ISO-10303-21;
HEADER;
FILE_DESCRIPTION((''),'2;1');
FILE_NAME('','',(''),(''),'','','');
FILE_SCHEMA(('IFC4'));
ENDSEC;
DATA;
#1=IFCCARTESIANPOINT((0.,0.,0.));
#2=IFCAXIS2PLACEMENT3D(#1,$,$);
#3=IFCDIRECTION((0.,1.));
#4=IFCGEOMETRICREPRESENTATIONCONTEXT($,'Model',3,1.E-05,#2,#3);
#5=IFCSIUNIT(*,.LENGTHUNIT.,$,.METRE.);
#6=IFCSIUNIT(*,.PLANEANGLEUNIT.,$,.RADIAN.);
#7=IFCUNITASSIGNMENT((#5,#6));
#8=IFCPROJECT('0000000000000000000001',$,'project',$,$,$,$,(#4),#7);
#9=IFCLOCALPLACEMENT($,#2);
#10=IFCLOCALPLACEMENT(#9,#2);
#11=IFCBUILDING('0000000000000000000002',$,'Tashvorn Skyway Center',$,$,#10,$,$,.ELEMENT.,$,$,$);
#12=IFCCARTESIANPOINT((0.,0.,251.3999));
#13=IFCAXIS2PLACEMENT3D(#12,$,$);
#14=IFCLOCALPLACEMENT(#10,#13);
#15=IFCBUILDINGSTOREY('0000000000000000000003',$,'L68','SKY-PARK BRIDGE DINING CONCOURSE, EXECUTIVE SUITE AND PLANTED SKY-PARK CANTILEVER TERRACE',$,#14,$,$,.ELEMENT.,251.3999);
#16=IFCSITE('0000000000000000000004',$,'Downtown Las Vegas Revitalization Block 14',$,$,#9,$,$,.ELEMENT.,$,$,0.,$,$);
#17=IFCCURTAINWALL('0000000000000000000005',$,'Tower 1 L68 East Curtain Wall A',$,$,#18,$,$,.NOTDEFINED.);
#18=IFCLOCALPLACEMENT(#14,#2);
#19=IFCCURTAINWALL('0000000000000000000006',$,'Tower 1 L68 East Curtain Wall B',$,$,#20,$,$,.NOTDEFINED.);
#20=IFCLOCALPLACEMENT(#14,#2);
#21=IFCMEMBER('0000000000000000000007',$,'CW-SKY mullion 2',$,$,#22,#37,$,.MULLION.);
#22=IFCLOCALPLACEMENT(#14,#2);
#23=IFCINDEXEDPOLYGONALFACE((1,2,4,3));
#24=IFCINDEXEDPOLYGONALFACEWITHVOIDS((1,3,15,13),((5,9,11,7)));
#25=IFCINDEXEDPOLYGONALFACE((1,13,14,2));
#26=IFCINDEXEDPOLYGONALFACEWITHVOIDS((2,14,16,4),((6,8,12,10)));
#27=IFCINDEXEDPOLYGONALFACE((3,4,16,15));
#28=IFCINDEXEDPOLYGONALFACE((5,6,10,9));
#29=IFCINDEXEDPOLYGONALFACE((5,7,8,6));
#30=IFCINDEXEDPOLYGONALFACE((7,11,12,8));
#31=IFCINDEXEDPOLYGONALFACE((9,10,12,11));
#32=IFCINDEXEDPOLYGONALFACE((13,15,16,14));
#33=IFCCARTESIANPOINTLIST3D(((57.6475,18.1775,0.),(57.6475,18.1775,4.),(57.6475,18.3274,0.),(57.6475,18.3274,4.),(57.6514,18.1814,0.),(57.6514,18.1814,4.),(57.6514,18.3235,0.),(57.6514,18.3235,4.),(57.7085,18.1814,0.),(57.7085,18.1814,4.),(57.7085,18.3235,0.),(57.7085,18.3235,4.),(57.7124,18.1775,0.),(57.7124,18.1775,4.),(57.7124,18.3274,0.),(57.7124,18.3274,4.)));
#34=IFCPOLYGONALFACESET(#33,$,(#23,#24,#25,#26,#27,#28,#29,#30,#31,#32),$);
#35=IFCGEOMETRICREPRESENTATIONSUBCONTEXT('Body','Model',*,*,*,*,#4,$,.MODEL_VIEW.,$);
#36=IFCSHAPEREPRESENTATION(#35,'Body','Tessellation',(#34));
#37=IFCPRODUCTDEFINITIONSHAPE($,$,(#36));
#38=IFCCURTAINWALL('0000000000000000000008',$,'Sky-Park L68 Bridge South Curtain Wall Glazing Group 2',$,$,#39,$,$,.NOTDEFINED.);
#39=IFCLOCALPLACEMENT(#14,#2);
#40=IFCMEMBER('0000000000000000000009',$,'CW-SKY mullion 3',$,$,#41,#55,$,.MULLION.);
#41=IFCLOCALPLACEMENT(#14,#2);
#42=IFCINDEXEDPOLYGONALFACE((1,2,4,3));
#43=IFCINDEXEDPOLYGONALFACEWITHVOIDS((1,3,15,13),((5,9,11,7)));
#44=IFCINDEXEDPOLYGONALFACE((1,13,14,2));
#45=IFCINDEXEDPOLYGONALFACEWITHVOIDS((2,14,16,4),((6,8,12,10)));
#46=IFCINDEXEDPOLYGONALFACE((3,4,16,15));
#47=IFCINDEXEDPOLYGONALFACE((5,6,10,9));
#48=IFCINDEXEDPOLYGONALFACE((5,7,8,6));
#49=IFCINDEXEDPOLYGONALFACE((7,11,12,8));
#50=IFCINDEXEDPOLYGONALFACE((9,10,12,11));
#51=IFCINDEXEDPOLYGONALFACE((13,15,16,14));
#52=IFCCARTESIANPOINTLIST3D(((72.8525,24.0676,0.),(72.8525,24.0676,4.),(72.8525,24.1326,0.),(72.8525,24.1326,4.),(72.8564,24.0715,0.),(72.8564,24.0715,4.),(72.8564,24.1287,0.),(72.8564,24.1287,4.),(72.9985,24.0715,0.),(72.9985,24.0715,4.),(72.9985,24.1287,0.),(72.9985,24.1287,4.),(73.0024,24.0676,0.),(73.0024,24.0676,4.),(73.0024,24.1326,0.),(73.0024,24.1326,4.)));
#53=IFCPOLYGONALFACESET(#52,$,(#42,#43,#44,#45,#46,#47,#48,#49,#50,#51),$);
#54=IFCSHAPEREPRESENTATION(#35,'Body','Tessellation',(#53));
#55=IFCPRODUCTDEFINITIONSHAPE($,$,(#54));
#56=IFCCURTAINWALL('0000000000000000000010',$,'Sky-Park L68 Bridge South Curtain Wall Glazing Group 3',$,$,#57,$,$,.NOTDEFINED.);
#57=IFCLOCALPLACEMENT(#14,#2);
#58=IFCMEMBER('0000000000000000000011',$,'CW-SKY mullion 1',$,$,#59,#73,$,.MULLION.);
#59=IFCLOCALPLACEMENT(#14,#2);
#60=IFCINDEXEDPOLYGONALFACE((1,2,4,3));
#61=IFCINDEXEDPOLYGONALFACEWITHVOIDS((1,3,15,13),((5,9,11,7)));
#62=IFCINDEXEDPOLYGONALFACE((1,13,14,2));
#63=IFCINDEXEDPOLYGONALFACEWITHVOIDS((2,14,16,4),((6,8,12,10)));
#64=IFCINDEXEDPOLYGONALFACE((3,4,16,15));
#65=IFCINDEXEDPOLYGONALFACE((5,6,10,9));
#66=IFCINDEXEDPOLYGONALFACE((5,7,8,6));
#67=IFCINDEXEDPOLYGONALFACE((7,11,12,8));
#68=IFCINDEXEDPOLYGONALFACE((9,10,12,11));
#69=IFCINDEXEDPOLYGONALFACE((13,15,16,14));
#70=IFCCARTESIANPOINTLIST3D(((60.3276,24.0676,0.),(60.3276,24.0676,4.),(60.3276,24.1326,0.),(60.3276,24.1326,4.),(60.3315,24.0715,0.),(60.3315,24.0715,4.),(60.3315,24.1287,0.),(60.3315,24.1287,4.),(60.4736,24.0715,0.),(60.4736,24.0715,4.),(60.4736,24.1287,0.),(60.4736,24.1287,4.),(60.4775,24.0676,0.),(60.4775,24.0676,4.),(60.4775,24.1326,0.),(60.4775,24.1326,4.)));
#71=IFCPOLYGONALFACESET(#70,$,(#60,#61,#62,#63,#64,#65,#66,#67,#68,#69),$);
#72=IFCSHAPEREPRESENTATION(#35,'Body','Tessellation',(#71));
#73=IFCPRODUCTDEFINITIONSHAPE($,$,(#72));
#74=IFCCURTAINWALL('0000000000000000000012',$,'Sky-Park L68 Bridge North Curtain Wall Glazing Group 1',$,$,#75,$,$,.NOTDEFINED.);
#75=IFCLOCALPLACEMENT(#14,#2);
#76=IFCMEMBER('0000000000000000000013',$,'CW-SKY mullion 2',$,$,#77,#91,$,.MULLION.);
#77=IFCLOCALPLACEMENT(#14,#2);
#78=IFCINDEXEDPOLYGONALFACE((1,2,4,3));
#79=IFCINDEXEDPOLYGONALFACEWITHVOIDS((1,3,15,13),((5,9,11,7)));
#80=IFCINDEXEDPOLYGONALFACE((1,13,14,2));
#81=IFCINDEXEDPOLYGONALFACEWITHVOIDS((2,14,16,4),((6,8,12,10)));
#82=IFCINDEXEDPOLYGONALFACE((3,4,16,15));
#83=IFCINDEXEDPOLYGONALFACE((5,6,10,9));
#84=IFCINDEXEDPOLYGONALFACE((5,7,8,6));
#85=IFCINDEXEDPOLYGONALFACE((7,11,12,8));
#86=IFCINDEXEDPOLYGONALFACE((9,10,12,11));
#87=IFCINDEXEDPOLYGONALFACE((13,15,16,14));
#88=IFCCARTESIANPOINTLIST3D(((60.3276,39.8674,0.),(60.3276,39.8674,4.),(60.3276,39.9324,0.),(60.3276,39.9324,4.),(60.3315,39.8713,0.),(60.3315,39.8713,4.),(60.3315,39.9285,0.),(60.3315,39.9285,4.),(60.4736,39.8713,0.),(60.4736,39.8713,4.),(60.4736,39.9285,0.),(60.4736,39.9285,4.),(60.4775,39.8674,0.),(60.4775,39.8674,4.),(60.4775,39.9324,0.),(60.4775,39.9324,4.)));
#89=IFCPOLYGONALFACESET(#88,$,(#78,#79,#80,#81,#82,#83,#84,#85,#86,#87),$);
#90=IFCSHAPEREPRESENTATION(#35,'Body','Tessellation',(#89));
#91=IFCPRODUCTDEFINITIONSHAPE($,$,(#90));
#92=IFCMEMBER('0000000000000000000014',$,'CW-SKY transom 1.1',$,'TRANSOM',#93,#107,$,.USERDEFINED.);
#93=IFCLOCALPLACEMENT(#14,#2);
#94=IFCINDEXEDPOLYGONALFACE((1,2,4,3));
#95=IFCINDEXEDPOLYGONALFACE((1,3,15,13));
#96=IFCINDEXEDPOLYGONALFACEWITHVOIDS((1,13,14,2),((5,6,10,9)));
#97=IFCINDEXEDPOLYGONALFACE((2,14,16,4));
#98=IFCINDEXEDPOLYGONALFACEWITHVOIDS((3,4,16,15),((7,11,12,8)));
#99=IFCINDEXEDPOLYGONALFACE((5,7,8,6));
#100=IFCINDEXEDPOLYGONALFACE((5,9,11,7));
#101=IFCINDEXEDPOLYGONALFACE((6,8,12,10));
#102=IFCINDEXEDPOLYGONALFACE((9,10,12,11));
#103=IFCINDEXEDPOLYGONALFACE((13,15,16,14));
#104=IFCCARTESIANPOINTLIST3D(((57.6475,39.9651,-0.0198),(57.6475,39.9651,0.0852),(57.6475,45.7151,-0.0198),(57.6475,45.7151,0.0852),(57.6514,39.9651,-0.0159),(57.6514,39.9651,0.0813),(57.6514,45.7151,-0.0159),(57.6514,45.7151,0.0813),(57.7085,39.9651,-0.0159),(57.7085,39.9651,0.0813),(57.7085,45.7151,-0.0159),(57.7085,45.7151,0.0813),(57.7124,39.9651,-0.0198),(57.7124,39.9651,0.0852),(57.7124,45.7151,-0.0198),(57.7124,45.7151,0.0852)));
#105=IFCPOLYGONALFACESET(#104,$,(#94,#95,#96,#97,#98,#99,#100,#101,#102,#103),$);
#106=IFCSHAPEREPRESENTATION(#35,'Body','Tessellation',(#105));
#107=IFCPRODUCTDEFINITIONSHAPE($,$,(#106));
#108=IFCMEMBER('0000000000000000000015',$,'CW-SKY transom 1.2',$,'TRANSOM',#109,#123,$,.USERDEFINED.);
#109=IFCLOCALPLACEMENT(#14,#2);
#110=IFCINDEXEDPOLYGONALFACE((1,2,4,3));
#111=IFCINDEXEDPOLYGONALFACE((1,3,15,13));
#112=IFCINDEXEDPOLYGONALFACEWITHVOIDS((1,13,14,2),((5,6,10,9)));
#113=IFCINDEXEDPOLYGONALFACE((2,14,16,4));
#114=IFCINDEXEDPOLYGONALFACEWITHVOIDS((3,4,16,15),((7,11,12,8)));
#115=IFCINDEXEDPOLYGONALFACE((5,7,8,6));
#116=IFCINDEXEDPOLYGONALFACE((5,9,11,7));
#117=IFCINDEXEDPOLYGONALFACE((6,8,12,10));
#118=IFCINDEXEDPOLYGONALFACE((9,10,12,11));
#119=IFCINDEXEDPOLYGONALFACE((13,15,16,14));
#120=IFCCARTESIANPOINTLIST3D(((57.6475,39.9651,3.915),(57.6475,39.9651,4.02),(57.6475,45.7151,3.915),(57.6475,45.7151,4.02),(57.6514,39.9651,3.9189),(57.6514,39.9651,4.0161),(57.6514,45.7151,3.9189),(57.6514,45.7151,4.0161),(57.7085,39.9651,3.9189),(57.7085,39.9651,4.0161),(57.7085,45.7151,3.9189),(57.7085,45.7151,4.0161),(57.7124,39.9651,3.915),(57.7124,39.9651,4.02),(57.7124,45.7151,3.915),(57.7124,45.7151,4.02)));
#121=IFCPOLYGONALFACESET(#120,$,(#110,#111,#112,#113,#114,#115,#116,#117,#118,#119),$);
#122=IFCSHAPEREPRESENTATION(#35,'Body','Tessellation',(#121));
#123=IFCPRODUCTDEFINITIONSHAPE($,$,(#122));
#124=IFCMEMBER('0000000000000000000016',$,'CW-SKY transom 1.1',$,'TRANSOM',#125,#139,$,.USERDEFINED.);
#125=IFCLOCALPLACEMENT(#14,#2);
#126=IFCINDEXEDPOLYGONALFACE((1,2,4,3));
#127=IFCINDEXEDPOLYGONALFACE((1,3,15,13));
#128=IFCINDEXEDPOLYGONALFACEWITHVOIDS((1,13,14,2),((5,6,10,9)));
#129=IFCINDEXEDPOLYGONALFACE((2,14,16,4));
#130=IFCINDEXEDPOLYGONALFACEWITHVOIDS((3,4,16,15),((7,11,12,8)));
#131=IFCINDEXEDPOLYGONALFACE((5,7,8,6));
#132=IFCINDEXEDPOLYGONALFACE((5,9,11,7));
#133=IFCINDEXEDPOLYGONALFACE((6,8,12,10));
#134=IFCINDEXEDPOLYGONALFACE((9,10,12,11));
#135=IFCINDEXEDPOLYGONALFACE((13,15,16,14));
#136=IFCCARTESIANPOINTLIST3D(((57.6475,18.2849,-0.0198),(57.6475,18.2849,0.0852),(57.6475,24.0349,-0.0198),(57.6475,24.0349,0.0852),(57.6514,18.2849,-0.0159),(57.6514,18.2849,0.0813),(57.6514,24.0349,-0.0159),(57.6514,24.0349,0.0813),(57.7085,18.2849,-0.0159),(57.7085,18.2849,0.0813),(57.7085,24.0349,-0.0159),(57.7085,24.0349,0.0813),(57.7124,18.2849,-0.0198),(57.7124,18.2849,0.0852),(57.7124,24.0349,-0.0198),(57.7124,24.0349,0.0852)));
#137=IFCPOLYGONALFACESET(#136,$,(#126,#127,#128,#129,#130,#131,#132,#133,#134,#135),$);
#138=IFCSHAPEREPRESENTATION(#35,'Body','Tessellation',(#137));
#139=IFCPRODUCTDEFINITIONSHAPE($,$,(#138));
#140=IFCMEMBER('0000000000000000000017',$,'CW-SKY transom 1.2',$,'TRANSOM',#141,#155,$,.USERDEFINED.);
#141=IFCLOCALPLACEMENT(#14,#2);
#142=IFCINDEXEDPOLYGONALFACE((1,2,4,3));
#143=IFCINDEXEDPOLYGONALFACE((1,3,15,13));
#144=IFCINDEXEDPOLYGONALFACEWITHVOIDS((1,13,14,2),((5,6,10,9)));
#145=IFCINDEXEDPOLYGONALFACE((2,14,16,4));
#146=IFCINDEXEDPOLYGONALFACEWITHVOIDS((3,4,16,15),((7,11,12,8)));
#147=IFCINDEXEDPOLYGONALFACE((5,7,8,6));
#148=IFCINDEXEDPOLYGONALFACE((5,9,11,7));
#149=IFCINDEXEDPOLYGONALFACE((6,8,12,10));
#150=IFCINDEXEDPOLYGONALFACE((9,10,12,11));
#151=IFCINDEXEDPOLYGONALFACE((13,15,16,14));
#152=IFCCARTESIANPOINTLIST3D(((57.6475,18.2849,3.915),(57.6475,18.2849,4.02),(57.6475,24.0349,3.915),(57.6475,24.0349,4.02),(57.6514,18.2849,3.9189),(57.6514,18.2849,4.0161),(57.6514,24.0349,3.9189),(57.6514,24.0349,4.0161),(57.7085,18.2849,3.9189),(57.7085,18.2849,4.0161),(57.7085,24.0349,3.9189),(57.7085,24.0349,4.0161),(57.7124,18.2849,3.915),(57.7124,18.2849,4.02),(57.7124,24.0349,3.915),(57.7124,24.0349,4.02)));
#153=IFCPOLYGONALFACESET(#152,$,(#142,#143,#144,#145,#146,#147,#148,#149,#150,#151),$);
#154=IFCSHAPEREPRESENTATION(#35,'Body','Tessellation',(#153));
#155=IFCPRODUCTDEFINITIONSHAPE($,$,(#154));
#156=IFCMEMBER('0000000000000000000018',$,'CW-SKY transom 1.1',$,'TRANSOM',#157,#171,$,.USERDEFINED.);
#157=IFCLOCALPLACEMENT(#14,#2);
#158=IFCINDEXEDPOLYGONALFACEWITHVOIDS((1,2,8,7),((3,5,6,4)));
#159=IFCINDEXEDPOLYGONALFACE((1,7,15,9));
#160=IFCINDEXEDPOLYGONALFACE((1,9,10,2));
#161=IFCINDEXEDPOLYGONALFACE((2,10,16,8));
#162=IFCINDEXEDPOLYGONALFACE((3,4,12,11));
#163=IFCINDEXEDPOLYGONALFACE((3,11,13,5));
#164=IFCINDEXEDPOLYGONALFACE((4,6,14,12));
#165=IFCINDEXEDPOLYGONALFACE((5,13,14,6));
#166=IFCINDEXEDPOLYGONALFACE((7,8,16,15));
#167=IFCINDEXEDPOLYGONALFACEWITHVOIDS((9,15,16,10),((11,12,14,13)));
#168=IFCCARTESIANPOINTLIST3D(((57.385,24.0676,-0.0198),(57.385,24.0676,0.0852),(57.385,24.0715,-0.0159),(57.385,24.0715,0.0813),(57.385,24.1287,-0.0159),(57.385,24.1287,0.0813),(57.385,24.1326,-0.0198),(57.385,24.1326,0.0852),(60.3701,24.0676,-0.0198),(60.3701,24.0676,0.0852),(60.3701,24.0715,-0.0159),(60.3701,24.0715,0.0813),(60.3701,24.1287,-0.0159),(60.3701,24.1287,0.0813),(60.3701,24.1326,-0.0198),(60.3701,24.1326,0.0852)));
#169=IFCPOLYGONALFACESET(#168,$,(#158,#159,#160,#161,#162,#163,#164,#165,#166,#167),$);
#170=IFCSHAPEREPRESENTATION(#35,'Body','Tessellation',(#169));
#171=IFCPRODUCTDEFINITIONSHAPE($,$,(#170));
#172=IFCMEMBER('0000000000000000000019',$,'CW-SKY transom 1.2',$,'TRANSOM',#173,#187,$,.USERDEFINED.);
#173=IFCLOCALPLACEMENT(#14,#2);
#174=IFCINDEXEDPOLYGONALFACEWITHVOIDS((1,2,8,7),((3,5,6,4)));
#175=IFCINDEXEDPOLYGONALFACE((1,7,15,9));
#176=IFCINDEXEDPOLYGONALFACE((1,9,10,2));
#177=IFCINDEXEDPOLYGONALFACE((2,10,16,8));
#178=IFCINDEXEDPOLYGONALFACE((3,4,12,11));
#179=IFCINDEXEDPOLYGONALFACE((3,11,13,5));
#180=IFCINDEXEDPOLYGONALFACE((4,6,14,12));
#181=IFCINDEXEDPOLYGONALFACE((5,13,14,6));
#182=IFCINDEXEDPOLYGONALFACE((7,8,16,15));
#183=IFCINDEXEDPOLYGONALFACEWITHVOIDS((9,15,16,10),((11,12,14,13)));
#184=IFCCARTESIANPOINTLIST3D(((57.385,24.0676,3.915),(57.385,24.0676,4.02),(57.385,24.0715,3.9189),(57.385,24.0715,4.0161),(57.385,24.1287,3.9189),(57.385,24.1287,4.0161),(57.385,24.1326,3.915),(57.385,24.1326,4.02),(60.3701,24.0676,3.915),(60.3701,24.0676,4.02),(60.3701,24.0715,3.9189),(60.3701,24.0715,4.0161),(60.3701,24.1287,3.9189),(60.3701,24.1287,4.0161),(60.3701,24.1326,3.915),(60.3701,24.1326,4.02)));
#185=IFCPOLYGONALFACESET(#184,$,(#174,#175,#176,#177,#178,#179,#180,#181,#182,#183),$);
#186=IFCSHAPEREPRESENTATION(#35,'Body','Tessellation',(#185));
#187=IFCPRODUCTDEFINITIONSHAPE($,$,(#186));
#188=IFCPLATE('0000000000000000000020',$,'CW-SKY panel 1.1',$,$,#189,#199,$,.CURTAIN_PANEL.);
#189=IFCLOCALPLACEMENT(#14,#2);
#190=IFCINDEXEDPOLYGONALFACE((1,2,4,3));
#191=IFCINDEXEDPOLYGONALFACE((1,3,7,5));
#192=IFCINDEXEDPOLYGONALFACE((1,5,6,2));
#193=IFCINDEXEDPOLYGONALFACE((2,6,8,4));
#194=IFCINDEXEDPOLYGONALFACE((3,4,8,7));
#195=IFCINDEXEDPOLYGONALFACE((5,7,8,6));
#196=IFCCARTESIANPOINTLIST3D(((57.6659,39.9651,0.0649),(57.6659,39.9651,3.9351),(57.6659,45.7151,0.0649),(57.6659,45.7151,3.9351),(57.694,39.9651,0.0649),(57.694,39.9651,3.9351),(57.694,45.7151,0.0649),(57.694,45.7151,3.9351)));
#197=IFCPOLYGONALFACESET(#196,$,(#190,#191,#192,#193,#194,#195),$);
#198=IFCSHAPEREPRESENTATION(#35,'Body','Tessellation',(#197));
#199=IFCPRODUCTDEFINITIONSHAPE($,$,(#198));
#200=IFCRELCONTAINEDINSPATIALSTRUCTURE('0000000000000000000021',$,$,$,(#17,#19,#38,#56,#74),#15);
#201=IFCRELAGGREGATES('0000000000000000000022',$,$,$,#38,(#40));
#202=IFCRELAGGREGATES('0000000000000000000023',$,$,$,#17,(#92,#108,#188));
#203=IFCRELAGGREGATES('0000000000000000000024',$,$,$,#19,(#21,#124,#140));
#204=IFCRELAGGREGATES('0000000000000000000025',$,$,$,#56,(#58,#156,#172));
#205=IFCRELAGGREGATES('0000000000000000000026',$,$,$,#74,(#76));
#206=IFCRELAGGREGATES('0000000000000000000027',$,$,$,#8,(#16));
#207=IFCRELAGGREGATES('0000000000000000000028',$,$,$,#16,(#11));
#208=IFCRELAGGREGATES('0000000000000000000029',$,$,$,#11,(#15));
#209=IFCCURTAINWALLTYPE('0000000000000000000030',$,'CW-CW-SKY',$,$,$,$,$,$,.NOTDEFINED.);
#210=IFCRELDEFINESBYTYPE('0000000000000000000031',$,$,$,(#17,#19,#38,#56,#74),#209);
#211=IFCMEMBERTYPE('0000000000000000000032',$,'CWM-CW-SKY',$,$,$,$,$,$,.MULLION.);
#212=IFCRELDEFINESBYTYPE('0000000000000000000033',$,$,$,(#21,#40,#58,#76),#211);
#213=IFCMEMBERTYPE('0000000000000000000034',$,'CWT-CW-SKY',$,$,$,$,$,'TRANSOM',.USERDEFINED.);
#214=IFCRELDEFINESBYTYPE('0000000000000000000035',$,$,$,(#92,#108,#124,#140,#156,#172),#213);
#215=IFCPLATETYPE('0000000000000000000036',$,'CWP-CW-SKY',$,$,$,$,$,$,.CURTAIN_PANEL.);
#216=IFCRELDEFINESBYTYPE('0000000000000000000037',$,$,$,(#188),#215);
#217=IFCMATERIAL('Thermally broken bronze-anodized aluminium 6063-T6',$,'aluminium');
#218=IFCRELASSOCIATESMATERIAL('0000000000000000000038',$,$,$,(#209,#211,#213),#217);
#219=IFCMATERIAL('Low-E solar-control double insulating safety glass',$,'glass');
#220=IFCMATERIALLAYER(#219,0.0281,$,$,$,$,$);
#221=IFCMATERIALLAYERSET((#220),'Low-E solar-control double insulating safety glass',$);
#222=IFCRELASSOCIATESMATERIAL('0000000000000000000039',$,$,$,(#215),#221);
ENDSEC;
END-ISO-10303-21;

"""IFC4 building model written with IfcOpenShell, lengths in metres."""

from ifc_helpers import new_model, si_unit, direction, frame, origin, origin_2d, place, context, subcontext, project, spatial, rectangle, hollow_rectangle, extrude, material, layer, layer_set, material_profile, profile_set, type_object, element, aggregate, save


model = new_model("IFC4")

# Units and contexts
model_context = context("Model", 3, precision=1e-05, world=origin(), true_north=direction((0.0, 1.0)))
body_context = subcontext(model_context, "Body", "Model", "MODEL_VIEW")
ifc_project = project(units=[si_unit("LENGTHUNIT", "METRE"), si_unit("PLANEANGLEUNIT", "RADIAN")], contexts=[model_context])

# Site, building, storey
site_placement = place(None, origin())
site = spatial("IfcSite", under=ifc_project, at=site_placement, Name="Downtown Las Vegas Revitalization Block 14", CompositionType="ELEMENT", RefElevation=0.0)
building_placement = place(site_placement, origin())
building = spatial("IfcBuilding", under=site, at=building_placement, Name="Tashvorn Skyway Center", CompositionType="ELEMENT")
storey_placement = place(building_placement, frame((0.0, 0.0, 251.3999)))
storey = spatial("IfcBuildingStorey", under=building, at=storey_placement, Name="L68", Description="SKY-PARK BRIDGE DINING CONCOURSE, EXECUTIVE SUITE AND PLANTED SKY-PARK CANTILEVER TERRACE", CompositionType="ELEMENT", Elevation=251.3999)

# Curtain walls, member
ifc_material_1 = material(Name="Thermally broken bronze-anodized aluminium 6063-T6", Category="aluminium")
curtain_wall_type = type_object("IfcCurtainWallType", Name="CW-CW-SKY", PredefinedType="NOTDEFINED", material=ifc_material_1)
curtain_wall_1_placement = place(storey_placement, origin())
curtain_wall_1 = element("IfcCurtainWall", 1, at=curtain_wall_1_placement, inside=storey, type_object=curtain_wall_type, Name="Tower 1 L68 East Curtain Wall A", PredefinedType="NOTDEFINED")
ifc_material_profile_1 = material_profile(ifc_material_1, hollow_rectangle(XDim=0.0649, YDim=0.1499, WallThickness=0.0039, at=origin_2d()), Name="ALU-MULL-65x150")
ifc_profile_set_1 = profile_set([ifc_material_profile_1], Name="Thermally broken bronze-anodized aluminium 6063-T6")
member_type_1 = type_object("IfcMemberType", Name="CWM-CW-SKY", PredefinedType="MULLION", material=ifc_profile_set_1)
curtain_wall_2_placement = place(storey_placement, origin())
curtain_wall_2 = element("IfcCurtainWall", 2, at=curtain_wall_2_placement, inside=storey, type_object=curtain_wall_type, Name="Tower 1 L68 East Curtain Wall B", PredefinedType="NOTDEFINED")
member_1_placement = place(storey_placement, frame((57.6799, 18.2524, 0.0), z_axis=(0.0, 0.0, 1.0), x_axis=(1.0, 0.0, 0.0)))
member_1 = element("IfcMember", 3, at=member_1_placement, type_object=member_type_1, Name="CW-SKY mullion 2", PredefinedType="MULLION", context=body_context, shape_type="SweptSolid", body=[
    extrude(hollow_rectangle(XDim=0.0649, YDim=0.1499, WallThickness=0.0039, at=origin_2d()), origin(), (0.0, 0.0, 1.0), 4.0),
])

# Curtain walls, members
curtain_wall_3_placement = place(storey_placement, origin())
curtain_wall_3 = element("IfcCurtainWall", 4, at=curtain_wall_3_placement, inside=storey, type_object=curtain_wall_type, Name="Sky-Park L68 Bridge South Curtain Wall Glazing Group 2", PredefinedType="NOTDEFINED")
member_2_placement = place(storey_placement, frame((72.9275, 24.1001, 0.0), z_axis=(0.0, 0.0, 1.0), x_axis=(0.0, -1.0, 0.0)))
member_2 = element("IfcMember", 5, at=member_2_placement, type_object=member_type_1, Name="CW-SKY mullion 3", PredefinedType="MULLION", context=body_context, shape_type="SweptSolid", body=[
    extrude(hollow_rectangle(XDim=0.0649, YDim=0.1499, WallThickness=0.0039, at=origin_2d()), origin(), (0.0, 0.0, 1.0), 4.0),
])
aggregate(curtain_wall_3, [member_2])
curtain_wall_4_placement = place(storey_placement, origin())
curtain_wall_4 = element("IfcCurtainWall", 6, at=curtain_wall_4_placement, inside=storey, type_object=curtain_wall_type, Name="Sky-Park L68 Bridge South Curtain Wall Glazing Group 3", PredefinedType="NOTDEFINED")
member_3_placement = place(storey_placement, frame((60.4026, 24.1001, 0.0), z_axis=(0.0, 0.0, 1.0), x_axis=(0.0, -1.0, 0.0)))
member_3 = element("IfcMember", 7, at=member_3_placement, type_object=member_type_1, Name="CW-SKY mullion 1", PredefinedType="MULLION", context=body_context, shape_type="SweptSolid", body=[
    extrude(hollow_rectangle(XDim=0.0649, YDim=0.1499, WallThickness=0.0039, at=origin_2d()), origin(), (0.0, 0.0, 1.0), 4.0),
])
curtain_wall_5_placement = place(storey_placement, origin())
curtain_wall_5 = element("IfcCurtainWall", 8, at=curtain_wall_5_placement, inside=storey, type_object=curtain_wall_type, Name="Sky-Park L68 Bridge North Curtain Wall Glazing Group 1", PredefinedType="NOTDEFINED")
member_4_placement = place(storey_placement, frame((60.4026, 39.8999, 0.0), z_axis=(0.0, 0.0, 1.0), x_axis=(0.0, 1.0, 0.0)))
member_4 = element("IfcMember", 9, at=member_4_placement, type_object=member_type_1, Name="CW-SKY mullion 2", PredefinedType="MULLION", context=body_context, shape_type="SweptSolid", body=[
    extrude(hollow_rectangle(XDim=0.0649, YDim=0.1499, WallThickness=0.0039, at=origin_2d()), origin(), (0.0, 0.0, 1.0), 4.0),
])

# Members
ifc_material_profile_2 = material_profile(ifc_material_1, hollow_rectangle(XDim=0.0649, YDim=0.105, WallThickness=0.0039, at=origin_2d()), Name="ALU-TRAN-65x105")
ifc_profile_set_2 = profile_set([ifc_material_profile_2], Name="Thermally broken bronze-anodized aluminium 6063-T6")
member_type_2 = type_object("IfcMemberType", Name="CWT-CW-SKY", ElementType="TRANSOM", PredefinedType="USERDEFINED", material=ifc_profile_set_2)
member_5_placement = place(storey_placement, frame((57.6799, 45.7151, 0.0327), z_axis=(0.0, -1.0, 0.0), x_axis=(1.0, 0.0, 0.0)))
member_5 = element("IfcMember", 10, at=member_5_placement, type_object=member_type_2, Name="CW-SKY transom 1.1", ObjectType="TRANSOM", PredefinedType="USERDEFINED", context=body_context, shape_type="SweptSolid", body=[
    extrude(hollow_rectangle(XDim=0.0649, YDim=0.105, WallThickness=0.0039, at=origin_2d()), origin(), (0.0, 0.0, 1.0), 5.75),
])
member_6_placement = place(storey_placement, frame((57.6799, 45.7151, 3.9675), z_axis=(0.0, -1.0, 0.0), x_axis=(1.0, 0.0, 0.0)))
member_6 = element("IfcMember", 11, at=member_6_placement, type_object=member_type_2, Name="CW-SKY transom 1.2", ObjectType="TRANSOM", PredefinedType="USERDEFINED", context=body_context, shape_type="SweptSolid", body=[
    extrude(hollow_rectangle(XDim=0.0649, YDim=0.105, WallThickness=0.0039, at=origin_2d()), origin(), (0.0, 0.0, 1.0), 5.75),
])
member_7_placement = place(storey_placement, frame((57.6799, 24.0349, 0.0327), z_axis=(0.0, -1.0, 0.0), x_axis=(1.0, 0.0, 0.0)))
member_7 = element("IfcMember", 12, at=member_7_placement, type_object=member_type_2, Name="CW-SKY transom 1.1", ObjectType="TRANSOM", PredefinedType="USERDEFINED", context=body_context, shape_type="SweptSolid", body=[
    extrude(hollow_rectangle(XDim=0.0649, YDim=0.105, WallThickness=0.0039, at=origin_2d()), origin(), (0.0, 0.0, 1.0), 5.75),
])
member_8_placement = place(storey_placement, frame((57.6799, 24.0349, 3.9675), z_axis=(0.0, -1.0, 0.0), x_axis=(1.0, 0.0, 0.0)))
member_8 = element("IfcMember", 13, at=member_8_placement, type_object=member_type_2, Name="CW-SKY transom 1.2", ObjectType="TRANSOM", PredefinedType="USERDEFINED", context=body_context, shape_type="SweptSolid", body=[
    extrude(hollow_rectangle(XDim=0.0649, YDim=0.105, WallThickness=0.0039, at=origin_2d()), origin(), (0.0, 0.0, 1.0), 5.75),
])
member_9_placement = place(storey_placement, frame((60.3701, 24.1001, 0.0327), z_axis=(-1.0, 0.0, 0.0), x_axis=(0.0, -1.0, 0.0)))
member_9 = element("IfcMember", 14, at=member_9_placement, type_object=member_type_2, Name="CW-SKY transom 1.1", ObjectType="TRANSOM", PredefinedType="USERDEFINED", context=body_context, shape_type="SweptSolid", body=[
    extrude(hollow_rectangle(XDim=0.0649, YDim=0.105, WallThickness=0.0039, at=origin_2d()), origin(), (0.0, 0.0, 1.0), 2.9851),
])
member_10_placement = place(storey_placement, frame((60.3701, 24.1001, 3.9675), z_axis=(-1.0, 0.0, 0.0), x_axis=(0.0, -1.0, 0.0)))
member_10 = element("IfcMember", 15, at=member_10_placement, type_object=member_type_2, Name="CW-SKY transom 1.2", ObjectType="TRANSOM", PredefinedType="USERDEFINED", context=body_context, shape_type="SweptSolid", body=[
    extrude(hollow_rectangle(XDim=0.0649, YDim=0.105, WallThickness=0.0039, at=origin_2d()), origin(), (0.0, 0.0, 1.0), 2.9851),
])

# Plate
ifc_material_2 = material(Name="Low-E solar-control double insulating safety glass", Category="glass")
ifc_layer_1 = layer(ifc_material_2, 0.0281)
ifc_layer_set_1 = layer_set([ifc_layer_1], Name="Low-E solar-control double insulating safety glass")
plate_type = type_object("IfcPlateType", Name="CWP-CW-SKY", PredefinedType="CURTAIN_PANEL", material=ifc_layer_set_1)
plate_1_placement = place(storey_placement, frame((57.6799, 42.8401, 0.0649), z_axis=(0.0, 0.0, 1.0), x_axis=(0.0, -1.0, 0.0)))
plate_1 = element("IfcPlate", 16, at=plate_1_placement, type_object=plate_type, Name="CW-SKY panel 1.1", PredefinedType="CURTAIN_PANEL", context=body_context, shape_type="SweptSolid", body=[
    extrude(rectangle(XDim=5.75, YDim=0.0281, at=origin_2d()), origin(), (0.0, 0.0, 1.0), 3.8701),
])
aggregate(curtain_wall_1, [member_5, member_6, plate_1])
aggregate(curtain_wall_2, [member_1, member_7, member_8])
aggregate(curtain_wall_4, [member_3, member_9, member_10])
aggregate(curtain_wall_5, [member_4])

save(model, "model.ifc")
